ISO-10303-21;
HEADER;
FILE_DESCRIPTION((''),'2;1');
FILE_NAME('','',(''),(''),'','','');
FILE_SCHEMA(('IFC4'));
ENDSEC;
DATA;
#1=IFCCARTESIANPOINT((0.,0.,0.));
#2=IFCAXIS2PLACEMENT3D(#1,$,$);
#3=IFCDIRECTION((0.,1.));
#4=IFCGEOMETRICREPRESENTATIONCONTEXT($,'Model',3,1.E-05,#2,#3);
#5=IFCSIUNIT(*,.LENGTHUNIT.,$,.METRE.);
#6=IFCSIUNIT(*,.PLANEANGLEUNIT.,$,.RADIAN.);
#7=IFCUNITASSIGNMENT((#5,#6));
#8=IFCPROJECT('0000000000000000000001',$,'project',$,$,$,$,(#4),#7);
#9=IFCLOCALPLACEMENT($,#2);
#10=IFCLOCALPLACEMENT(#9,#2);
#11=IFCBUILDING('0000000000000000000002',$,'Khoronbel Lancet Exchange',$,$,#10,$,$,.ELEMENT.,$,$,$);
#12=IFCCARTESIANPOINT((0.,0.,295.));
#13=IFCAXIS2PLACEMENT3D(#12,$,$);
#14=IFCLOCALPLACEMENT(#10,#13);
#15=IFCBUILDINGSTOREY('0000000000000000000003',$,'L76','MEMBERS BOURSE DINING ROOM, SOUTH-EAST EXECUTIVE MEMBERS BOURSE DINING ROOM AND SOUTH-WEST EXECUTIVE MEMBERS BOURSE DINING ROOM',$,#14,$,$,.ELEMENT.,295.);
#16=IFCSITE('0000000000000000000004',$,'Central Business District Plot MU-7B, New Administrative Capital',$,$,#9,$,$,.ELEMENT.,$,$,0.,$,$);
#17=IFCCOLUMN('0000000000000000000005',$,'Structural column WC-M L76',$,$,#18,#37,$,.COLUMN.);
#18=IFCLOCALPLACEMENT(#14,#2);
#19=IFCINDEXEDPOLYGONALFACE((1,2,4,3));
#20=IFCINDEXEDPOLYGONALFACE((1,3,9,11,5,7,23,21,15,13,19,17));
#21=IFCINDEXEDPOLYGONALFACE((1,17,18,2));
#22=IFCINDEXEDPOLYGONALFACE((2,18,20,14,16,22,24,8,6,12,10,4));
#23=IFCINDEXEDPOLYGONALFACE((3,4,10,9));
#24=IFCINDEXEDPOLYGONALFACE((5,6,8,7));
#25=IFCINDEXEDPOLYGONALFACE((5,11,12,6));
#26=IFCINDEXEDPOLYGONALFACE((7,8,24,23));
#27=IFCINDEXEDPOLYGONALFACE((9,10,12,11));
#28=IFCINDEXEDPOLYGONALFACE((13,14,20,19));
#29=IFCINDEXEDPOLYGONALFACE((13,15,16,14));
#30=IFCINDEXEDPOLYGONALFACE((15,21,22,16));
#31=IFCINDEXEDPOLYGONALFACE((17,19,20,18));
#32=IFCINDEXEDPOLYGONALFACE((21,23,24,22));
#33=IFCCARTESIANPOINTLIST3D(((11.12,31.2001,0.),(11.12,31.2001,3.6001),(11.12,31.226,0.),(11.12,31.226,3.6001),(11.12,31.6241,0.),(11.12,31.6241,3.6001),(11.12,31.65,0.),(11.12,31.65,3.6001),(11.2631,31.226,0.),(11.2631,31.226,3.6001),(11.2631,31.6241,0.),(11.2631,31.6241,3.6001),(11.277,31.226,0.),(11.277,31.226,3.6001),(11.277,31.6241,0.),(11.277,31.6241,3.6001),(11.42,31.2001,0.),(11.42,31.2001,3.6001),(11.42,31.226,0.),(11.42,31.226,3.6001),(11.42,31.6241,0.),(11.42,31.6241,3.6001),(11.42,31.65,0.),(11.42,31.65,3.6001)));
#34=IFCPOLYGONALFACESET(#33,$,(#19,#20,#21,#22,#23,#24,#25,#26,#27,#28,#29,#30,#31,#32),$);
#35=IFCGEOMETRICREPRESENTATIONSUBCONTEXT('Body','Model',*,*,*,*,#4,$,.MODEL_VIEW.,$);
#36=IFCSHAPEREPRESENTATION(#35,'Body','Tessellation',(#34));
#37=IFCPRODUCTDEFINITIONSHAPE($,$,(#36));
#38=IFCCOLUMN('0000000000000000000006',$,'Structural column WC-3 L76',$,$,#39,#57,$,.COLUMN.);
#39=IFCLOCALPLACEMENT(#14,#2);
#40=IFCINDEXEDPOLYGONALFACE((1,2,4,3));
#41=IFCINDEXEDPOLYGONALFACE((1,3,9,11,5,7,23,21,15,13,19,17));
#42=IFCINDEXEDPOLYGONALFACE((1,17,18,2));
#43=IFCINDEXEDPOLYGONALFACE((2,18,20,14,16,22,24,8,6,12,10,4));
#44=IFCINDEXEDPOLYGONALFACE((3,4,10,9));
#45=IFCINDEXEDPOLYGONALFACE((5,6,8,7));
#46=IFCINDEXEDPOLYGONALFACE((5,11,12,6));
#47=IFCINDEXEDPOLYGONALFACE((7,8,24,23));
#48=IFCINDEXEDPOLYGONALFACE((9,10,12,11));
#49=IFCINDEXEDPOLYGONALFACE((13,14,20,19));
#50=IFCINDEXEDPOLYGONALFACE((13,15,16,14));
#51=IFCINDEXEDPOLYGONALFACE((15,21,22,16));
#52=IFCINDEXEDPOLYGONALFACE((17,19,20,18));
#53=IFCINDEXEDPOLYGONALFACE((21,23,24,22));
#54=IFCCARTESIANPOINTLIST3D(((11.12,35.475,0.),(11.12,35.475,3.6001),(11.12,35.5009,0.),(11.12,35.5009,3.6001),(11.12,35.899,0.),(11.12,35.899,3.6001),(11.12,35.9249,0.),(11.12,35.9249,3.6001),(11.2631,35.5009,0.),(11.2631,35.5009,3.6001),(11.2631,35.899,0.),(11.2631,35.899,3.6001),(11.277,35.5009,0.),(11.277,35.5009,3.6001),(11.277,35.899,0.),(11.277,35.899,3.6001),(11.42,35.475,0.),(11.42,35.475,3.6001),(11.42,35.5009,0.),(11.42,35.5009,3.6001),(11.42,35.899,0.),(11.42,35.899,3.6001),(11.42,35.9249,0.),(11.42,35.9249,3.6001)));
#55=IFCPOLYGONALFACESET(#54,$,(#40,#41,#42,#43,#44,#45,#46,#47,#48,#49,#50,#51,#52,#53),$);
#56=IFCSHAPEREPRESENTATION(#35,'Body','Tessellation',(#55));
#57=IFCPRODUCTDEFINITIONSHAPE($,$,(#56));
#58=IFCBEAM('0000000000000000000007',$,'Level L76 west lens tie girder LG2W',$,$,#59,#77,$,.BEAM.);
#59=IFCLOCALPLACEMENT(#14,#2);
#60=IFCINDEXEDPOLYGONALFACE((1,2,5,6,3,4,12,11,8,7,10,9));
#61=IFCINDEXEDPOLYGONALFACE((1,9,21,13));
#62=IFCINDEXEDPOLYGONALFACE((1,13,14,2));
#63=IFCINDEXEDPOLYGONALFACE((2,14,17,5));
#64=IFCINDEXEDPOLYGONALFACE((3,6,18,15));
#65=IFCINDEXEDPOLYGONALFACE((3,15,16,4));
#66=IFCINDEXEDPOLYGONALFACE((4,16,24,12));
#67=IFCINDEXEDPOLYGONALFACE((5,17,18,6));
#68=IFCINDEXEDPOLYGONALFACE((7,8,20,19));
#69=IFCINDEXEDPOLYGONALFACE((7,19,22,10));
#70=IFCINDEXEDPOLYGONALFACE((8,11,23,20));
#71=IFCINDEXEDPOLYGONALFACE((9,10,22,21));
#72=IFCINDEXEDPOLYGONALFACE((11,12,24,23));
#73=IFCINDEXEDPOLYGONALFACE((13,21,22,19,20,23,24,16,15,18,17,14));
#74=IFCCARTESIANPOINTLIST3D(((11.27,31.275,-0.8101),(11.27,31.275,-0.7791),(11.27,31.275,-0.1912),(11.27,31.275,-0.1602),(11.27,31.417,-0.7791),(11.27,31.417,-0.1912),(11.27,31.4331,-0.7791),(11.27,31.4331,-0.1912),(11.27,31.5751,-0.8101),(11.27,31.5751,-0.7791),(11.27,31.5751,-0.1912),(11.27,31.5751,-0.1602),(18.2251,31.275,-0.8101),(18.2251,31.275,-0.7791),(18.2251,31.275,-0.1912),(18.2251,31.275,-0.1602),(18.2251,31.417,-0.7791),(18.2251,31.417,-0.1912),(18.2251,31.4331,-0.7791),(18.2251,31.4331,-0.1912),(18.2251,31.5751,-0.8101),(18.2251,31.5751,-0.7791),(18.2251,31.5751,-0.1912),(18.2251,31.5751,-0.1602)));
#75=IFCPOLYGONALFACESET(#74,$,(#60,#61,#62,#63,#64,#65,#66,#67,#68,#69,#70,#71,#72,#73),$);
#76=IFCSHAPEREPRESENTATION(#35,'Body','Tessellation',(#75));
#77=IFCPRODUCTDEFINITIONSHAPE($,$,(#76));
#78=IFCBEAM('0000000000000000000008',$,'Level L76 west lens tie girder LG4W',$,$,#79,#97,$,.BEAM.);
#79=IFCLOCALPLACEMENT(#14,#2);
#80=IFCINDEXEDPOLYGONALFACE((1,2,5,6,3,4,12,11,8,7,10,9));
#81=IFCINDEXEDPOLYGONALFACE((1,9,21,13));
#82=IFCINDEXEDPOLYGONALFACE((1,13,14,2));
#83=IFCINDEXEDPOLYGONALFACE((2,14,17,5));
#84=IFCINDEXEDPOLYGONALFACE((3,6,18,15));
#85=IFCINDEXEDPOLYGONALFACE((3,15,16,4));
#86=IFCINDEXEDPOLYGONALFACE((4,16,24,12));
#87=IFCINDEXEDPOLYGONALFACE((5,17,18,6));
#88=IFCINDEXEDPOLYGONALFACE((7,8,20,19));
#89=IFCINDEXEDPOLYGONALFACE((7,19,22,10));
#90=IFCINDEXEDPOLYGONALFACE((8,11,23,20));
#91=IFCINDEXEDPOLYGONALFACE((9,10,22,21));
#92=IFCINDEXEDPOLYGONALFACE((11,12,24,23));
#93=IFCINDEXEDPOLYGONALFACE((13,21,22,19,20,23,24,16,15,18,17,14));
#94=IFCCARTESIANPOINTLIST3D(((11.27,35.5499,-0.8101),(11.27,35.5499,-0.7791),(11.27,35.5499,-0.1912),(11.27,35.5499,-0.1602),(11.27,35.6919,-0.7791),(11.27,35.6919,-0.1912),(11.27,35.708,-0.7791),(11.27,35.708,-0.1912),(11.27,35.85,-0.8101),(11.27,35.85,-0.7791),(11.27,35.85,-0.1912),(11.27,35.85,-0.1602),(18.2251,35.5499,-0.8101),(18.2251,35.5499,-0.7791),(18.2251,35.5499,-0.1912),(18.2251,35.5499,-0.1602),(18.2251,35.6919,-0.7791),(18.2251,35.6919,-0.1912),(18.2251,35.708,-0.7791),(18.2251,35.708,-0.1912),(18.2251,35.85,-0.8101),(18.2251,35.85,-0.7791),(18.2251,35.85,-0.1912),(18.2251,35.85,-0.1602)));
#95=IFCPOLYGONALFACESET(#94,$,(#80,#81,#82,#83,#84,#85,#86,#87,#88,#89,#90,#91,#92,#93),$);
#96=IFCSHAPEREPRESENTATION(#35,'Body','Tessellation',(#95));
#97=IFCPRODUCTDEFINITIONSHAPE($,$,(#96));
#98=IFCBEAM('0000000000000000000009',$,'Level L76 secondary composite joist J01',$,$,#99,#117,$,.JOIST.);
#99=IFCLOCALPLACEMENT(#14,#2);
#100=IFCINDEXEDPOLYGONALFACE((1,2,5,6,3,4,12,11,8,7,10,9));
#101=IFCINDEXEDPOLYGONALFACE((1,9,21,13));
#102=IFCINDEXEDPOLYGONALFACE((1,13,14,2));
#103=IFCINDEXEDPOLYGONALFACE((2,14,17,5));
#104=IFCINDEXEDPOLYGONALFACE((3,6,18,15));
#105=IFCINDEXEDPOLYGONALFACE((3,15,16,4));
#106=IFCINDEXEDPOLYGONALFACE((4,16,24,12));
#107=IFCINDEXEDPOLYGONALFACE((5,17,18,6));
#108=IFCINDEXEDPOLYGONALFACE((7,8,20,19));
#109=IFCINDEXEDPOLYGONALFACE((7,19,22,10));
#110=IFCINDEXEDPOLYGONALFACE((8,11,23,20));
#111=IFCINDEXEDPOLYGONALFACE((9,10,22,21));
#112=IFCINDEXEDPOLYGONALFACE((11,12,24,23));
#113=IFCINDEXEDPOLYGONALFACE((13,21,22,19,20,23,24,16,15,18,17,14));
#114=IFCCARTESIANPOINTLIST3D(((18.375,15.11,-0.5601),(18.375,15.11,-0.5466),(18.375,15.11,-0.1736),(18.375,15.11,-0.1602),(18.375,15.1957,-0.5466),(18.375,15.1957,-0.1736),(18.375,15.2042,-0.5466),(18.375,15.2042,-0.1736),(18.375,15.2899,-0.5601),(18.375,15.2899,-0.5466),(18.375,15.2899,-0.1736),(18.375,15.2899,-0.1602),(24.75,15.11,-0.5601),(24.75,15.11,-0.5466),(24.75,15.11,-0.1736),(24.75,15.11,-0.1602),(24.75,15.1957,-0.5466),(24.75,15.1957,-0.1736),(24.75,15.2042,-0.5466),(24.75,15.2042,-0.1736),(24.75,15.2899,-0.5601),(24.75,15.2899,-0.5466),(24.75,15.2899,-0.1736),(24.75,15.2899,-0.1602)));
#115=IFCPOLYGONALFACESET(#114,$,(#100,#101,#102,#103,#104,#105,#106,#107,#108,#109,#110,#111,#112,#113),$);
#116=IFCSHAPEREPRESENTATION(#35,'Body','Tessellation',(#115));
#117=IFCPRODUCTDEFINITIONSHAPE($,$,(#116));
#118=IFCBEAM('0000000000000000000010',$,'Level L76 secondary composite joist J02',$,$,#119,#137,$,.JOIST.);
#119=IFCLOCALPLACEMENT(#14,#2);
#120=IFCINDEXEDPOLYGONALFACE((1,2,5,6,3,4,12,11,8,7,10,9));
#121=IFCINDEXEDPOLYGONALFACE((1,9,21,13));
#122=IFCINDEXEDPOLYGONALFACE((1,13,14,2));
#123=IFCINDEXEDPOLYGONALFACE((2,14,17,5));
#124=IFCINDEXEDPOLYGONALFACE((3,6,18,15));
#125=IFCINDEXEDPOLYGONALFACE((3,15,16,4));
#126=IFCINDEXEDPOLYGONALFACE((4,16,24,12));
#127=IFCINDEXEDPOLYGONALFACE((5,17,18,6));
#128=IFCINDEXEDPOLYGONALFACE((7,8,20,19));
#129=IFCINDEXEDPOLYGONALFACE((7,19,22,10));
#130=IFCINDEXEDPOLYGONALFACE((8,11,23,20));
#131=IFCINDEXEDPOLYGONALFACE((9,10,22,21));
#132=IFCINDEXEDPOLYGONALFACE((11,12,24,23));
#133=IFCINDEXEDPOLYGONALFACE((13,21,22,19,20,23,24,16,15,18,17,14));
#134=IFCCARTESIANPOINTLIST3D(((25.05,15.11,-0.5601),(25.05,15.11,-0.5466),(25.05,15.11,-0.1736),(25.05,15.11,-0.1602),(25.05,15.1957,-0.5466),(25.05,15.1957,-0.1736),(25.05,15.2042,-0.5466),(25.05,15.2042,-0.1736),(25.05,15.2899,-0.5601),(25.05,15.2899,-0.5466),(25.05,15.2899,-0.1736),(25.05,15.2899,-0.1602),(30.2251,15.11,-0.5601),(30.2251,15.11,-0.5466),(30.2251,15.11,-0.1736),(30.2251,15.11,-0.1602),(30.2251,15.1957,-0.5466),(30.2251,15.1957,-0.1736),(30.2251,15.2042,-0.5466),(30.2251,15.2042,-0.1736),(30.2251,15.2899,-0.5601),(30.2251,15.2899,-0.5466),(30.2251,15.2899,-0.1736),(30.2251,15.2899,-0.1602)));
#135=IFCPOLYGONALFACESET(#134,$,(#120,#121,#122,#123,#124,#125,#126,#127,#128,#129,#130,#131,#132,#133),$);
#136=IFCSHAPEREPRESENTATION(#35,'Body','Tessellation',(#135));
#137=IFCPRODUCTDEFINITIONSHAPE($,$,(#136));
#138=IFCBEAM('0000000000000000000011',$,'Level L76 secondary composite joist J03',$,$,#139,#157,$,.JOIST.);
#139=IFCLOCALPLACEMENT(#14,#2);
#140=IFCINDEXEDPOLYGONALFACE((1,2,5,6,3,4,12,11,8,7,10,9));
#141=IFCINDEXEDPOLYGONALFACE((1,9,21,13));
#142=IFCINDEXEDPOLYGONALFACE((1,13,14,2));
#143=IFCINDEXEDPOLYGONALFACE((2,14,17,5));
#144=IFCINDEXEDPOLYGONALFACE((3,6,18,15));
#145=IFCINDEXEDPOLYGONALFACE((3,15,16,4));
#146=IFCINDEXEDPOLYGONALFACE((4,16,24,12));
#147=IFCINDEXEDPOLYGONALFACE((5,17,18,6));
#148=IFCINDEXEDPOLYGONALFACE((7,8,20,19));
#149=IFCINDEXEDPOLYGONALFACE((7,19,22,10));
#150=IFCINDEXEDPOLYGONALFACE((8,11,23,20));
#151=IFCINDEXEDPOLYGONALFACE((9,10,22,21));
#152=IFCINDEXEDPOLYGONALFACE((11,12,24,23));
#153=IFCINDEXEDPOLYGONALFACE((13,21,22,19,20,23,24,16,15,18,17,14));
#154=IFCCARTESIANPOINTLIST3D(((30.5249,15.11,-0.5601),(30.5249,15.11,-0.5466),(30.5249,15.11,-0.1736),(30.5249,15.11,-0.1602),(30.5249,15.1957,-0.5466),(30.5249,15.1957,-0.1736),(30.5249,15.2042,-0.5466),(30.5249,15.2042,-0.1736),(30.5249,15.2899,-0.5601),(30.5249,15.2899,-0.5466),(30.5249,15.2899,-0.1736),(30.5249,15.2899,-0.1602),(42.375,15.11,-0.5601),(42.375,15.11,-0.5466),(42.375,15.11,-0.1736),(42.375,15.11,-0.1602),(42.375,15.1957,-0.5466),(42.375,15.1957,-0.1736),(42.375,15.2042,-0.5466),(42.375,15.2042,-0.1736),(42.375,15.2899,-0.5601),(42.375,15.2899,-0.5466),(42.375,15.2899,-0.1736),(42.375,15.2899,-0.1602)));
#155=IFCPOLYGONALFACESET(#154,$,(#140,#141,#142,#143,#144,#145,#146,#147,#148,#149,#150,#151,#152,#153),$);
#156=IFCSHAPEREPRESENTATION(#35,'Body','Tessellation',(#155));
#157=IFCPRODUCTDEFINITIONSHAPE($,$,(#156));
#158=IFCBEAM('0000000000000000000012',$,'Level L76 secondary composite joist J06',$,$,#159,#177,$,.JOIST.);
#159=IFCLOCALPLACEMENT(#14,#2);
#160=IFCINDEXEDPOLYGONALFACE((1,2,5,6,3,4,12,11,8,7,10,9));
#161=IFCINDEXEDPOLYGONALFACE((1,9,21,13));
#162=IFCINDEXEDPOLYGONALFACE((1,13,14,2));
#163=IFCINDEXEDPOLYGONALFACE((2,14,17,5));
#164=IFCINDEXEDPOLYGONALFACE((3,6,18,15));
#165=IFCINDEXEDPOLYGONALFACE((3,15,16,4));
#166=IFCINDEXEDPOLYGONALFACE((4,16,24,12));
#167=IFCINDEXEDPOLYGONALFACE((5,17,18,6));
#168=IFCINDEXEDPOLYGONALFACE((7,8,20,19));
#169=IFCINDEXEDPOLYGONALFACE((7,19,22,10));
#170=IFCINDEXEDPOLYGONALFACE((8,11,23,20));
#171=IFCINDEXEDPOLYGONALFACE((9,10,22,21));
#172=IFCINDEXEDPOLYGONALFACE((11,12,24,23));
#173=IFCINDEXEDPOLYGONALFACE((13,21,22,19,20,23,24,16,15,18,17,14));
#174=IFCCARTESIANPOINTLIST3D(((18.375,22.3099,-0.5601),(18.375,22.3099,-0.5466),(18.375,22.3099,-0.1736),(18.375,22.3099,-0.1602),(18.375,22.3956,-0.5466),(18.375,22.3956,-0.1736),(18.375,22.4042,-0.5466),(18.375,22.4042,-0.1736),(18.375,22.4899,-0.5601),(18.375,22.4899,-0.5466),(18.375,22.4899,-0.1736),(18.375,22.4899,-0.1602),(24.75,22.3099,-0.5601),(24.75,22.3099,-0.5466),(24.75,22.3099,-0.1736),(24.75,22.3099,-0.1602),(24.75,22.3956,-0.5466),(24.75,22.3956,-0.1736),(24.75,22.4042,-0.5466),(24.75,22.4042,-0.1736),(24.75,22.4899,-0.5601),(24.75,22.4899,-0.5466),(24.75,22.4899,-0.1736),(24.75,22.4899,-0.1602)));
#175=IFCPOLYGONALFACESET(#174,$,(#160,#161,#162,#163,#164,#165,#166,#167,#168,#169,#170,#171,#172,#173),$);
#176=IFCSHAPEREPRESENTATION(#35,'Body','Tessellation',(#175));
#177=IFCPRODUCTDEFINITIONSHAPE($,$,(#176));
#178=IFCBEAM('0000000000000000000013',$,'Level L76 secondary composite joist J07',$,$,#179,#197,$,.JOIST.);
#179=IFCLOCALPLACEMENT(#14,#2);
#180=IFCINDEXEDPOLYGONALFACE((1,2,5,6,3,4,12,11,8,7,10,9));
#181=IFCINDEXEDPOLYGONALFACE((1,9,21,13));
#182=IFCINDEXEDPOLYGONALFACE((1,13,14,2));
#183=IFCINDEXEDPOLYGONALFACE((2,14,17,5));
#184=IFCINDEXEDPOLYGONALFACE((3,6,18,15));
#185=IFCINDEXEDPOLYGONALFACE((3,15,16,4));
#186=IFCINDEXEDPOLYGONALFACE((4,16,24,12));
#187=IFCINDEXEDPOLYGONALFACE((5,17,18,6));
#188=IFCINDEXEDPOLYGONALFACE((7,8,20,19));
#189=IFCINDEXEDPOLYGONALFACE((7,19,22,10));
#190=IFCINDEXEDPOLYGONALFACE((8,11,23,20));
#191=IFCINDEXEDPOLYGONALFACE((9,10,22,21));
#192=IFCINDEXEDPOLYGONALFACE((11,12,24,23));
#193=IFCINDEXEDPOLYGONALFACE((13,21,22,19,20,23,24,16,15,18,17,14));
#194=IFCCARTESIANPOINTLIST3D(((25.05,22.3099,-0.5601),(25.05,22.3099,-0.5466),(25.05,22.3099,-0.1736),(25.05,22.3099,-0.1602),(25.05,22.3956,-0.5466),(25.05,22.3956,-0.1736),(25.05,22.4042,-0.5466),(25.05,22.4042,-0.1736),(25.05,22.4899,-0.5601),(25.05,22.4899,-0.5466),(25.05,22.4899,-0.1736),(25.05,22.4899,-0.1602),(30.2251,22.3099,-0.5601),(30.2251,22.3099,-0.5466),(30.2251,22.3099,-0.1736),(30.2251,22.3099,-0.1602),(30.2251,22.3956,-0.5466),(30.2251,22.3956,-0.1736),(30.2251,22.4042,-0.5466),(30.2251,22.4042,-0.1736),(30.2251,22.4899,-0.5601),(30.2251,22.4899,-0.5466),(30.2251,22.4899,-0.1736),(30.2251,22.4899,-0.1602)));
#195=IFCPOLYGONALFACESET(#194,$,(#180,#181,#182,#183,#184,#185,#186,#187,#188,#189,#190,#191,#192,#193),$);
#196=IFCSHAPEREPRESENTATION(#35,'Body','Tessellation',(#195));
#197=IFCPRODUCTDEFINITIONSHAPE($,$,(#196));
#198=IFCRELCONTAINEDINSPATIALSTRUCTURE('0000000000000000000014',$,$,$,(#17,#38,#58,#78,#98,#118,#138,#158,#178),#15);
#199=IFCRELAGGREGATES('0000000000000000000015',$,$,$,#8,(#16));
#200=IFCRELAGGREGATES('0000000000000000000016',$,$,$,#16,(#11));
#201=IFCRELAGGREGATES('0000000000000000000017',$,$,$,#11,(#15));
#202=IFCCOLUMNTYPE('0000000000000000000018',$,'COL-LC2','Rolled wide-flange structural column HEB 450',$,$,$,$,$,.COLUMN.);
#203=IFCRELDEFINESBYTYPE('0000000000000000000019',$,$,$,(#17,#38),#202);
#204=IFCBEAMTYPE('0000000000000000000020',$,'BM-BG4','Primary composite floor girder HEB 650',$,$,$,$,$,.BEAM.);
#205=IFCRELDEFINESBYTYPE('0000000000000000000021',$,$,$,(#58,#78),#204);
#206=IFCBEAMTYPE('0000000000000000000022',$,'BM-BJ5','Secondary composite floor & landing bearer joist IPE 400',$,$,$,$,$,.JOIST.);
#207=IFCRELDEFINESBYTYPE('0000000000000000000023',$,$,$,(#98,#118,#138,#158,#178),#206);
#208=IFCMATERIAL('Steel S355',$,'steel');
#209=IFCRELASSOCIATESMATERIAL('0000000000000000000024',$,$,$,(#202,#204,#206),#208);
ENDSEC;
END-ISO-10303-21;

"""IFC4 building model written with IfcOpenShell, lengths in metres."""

from ifc_helpers import new_model, si_unit, direction, frame, origin, origin_2d, place, context, subcontext, project, spatial, i_section, extrude, material, material_profile, profile_set, type_object, element, save


model = new_model("IFC4")

# Units and contexts
model_context = context("Model", 3, precision=1e-05, world=origin(), true_north=direction((0.0, 1.0)))
body_context = subcontext(model_context, "Body", "Model", "MODEL_VIEW")
ifc_project = project(units=[si_unit("LENGTHUNIT", "METRE"), si_unit("PLANEANGLEUNIT", "RADIAN")], contexts=[model_context])

# Site, building, storey
site_placement = place(None, origin())
site = spatial("IfcSite", under=ifc_project, at=site_placement, Name="Central Business District Plot MU-7B, New Administrative Capital", CompositionType="ELEMENT", RefElevation=0.0)
building_placement = place(site_placement, origin())
building = spatial("IfcBuilding", under=site, at=building_placement, Name="Khoronbel Lancet Exchange", CompositionType="ELEMENT")
storey_placement = place(building_placement, frame((0.0, 0.0, 295.0)))
storey = spatial("IfcBuildingStorey", under=building, at=storey_placement, Name="L76", Description="MEMBERS BOURSE DINING ROOM, SOUTH-EAST EXECUTIVE MEMBERS BOURSE DINING ROOM AND SOUTH-WEST EXECUTIVE MEMBERS BOURSE DINING ROOM", CompositionType="ELEMENT", Elevation=295.0)

# Columns
ifc_material_1 = material(Name="Steel S355", Category="steel")
ifc_material_profile_1 = material_profile(ifc_material_1, i_section(OverallWidth=0.3, OverallDepth=0.45, WebThickness=0.0139, FlangeThickness=0.0259, at=origin_2d()), Name="HEB 450")
ifc_profile_set_1 = profile_set([ifc_material_profile_1], Name="Steel S355")
column_type = type_object("IfcColumnType", Name="COL-LC2", Description="Rolled wide-flange structural column HEB 450", PredefinedType="COLUMN", material=ifc_profile_set_1)
for number, where, z_axis, x_axis, name in (
    (1, (11.27, 31.425, 0.0), (0.0, 0.0, 1.0), (1.0, 0.0, 0.0), "Structural column WC-M L76"),
    (2, (11.27, 35.7, 0.0), (0.0, 0.0, 1.0), (1.0, 0.0, 0.0), "Structural column WC-3 L76"),
):
    element("IfcColumn", number, at=place(storey_placement, frame(where, z_axis=z_axis, x_axis=x_axis)), inside=storey, type_object=column_type, Name=name, PredefinedType="COLUMN", context=body_context, shape_type="SweptSolid", body=[
        extrude(i_section(OverallWidth=0.3, OverallDepth=0.45, WebThickness=0.0139, FlangeThickness=0.0259, at=origin_2d()), origin(), (0.0, 0.0, 1.0), 3.6001),
    ])

# Beams
ifc_material_profile_2 = material_profile(ifc_material_1, i_section(OverallWidth=0.3, OverallDepth=0.6499, WebThickness=0.0161, FlangeThickness=0.031, at=origin_2d()), Name="HEB 650")
ifc_profile_set_2 = profile_set([ifc_material_profile_2], Name="Steel S355")
beam_type_1 = type_object("IfcBeamType", Name="BM-BG4", Description="Primary composite floor girder HEB 650", PredefinedType="BEAM", material=ifc_profile_set_2)
for number, where, z_axis, x_axis, name in (
    (3, (11.27, 31.425, -0.4851), (1.0, 0.0, 0.0), (0.0, 1.0, 0.0), "Level L76 west lens tie girder LG2W"),
    (4, (11.27, 35.7, -0.4851), (1.0, 0.0, 0.0), (0.0, 1.0, 0.0), "Level L76 west lens tie girder LG4W"),
):
    element("IfcBeam", number, at=place(storey_placement, frame(where, z_axis=z_axis, x_axis=x_axis)), inside=storey, type_object=beam_type_1, Name=name, PredefinedType="BEAM", context=body_context, shape_type="SweptSolid", body=[
        extrude(i_section(OverallWidth=0.3, OverallDepth=0.6499, WebThickness=0.0161, FlangeThickness=0.031, at=origin_2d()), origin(), (0.0, 0.0, 1.0), 6.9551),
    ])
ifc_material_profile_3 = material_profile(ifc_material_1, i_section(OverallWidth=0.1799, OverallDepth=0.3999, WebThickness=0.0085, FlangeThickness=0.0134, at=origin_2d()), Name="IPE 400")
ifc_profile_set_3 = profile_set([ifc_material_profile_3], Name="Steel S355")
beam_type_2 = type_object("IfcBeamType", Name="BM-BJ5", Description="Secondary composite floor & landing bearer joist IPE 400", PredefinedType="JOIST", material=ifc_profile_set_3)
beam_1_placement = place(storey_placement, frame((18.375, 15.2, -0.3601), z_axis=(1.0, 0.0, 0.0), x_axis=(0.0, 1.0, 0.0)))
element("IfcBeam", 5, at=beam_1_placement, inside=storey, type_object=beam_type_2, Name="Level L76 secondary composite joist J01", PredefinedType="JOIST", context=body_context, shape_type="SweptSolid", body=[
    extrude(i_section(OverallWidth=0.1799, OverallDepth=0.3999, WebThickness=0.0085, FlangeThickness=0.0134, at=origin_2d()), origin(), (0.0, 0.0, 1.0), 6.375),
])
beam_2_placement = place(storey_placement, frame((25.05, 15.2, -0.3601), z_axis=(1.0, 0.0, 0.0), x_axis=(0.0, 1.0, 0.0)))
element("IfcBeam", 6, at=beam_2_placement, inside=storey, type_object=beam_type_2, Name="Level L76 secondary composite joist J02", PredefinedType="JOIST", context=body_context, shape_type="SweptSolid", body=[
    extrude(i_section(OverallWidth=0.1799, OverallDepth=0.3999, WebThickness=0.0085, FlangeThickness=0.0134, at=origin_2d()), origin(), (0.0, 0.0, 1.0), 5.175),
])
beam_3_placement = place(storey_placement, frame((30.5249, 15.2, -0.3601), z_axis=(1.0, 0.0, 0.0), x_axis=(0.0, 1.0, 0.0)))
element("IfcBeam", 7, at=beam_3_placement, inside=storey, type_object=beam_type_2, Name="Level L76 secondary composite joist J03", PredefinedType="JOIST", context=body_context, shape_type="SweptSolid", body=[
    extrude(i_section(OverallWidth=0.1799, OverallDepth=0.3999, WebThickness=0.0085, FlangeThickness=0.0134, at=origin_2d()), origin(), (0.0, 0.0, 1.0), 11.8501),
])
beam_4_placement = place(storey_placement, frame((18.375, 22.3999, -0.3601), z_axis=(1.0, 0.0, 0.0), x_axis=(0.0, 1.0, 0.0)))
element("IfcBeam", 8, at=beam_4_placement, inside=storey, type_object=beam_type_2, Name="Level L76 secondary composite joist J06", PredefinedType="JOIST", context=body_context, shape_type="SweptSolid", body=[
    extrude(i_section(OverallWidth=0.1799, OverallDepth=0.3999, WebThickness=0.0085, FlangeThickness=0.0134, at=origin_2d()), origin(), (0.0, 0.0, 1.0), 6.375),
])
beam_5_placement = place(storey_placement, frame((25.05, 22.3999, -0.3601), z_axis=(1.0, 0.0, 0.0), x_axis=(0.0, 1.0, 0.0)))
element("IfcBeam", 9, at=beam_5_placement, inside=storey, type_object=beam_type_2, Name="Level L76 secondary composite joist J07", PredefinedType="JOIST", context=body_context, shape_type="SweptSolid", body=[
    extrude(i_section(OverallWidth=0.1799, OverallDepth=0.3999, WebThickness=0.0085, FlangeThickness=0.0134, at=origin_2d()), origin(), (0.0, 0.0, 1.0), 5.175),
])

save(model, "model.ifc")
